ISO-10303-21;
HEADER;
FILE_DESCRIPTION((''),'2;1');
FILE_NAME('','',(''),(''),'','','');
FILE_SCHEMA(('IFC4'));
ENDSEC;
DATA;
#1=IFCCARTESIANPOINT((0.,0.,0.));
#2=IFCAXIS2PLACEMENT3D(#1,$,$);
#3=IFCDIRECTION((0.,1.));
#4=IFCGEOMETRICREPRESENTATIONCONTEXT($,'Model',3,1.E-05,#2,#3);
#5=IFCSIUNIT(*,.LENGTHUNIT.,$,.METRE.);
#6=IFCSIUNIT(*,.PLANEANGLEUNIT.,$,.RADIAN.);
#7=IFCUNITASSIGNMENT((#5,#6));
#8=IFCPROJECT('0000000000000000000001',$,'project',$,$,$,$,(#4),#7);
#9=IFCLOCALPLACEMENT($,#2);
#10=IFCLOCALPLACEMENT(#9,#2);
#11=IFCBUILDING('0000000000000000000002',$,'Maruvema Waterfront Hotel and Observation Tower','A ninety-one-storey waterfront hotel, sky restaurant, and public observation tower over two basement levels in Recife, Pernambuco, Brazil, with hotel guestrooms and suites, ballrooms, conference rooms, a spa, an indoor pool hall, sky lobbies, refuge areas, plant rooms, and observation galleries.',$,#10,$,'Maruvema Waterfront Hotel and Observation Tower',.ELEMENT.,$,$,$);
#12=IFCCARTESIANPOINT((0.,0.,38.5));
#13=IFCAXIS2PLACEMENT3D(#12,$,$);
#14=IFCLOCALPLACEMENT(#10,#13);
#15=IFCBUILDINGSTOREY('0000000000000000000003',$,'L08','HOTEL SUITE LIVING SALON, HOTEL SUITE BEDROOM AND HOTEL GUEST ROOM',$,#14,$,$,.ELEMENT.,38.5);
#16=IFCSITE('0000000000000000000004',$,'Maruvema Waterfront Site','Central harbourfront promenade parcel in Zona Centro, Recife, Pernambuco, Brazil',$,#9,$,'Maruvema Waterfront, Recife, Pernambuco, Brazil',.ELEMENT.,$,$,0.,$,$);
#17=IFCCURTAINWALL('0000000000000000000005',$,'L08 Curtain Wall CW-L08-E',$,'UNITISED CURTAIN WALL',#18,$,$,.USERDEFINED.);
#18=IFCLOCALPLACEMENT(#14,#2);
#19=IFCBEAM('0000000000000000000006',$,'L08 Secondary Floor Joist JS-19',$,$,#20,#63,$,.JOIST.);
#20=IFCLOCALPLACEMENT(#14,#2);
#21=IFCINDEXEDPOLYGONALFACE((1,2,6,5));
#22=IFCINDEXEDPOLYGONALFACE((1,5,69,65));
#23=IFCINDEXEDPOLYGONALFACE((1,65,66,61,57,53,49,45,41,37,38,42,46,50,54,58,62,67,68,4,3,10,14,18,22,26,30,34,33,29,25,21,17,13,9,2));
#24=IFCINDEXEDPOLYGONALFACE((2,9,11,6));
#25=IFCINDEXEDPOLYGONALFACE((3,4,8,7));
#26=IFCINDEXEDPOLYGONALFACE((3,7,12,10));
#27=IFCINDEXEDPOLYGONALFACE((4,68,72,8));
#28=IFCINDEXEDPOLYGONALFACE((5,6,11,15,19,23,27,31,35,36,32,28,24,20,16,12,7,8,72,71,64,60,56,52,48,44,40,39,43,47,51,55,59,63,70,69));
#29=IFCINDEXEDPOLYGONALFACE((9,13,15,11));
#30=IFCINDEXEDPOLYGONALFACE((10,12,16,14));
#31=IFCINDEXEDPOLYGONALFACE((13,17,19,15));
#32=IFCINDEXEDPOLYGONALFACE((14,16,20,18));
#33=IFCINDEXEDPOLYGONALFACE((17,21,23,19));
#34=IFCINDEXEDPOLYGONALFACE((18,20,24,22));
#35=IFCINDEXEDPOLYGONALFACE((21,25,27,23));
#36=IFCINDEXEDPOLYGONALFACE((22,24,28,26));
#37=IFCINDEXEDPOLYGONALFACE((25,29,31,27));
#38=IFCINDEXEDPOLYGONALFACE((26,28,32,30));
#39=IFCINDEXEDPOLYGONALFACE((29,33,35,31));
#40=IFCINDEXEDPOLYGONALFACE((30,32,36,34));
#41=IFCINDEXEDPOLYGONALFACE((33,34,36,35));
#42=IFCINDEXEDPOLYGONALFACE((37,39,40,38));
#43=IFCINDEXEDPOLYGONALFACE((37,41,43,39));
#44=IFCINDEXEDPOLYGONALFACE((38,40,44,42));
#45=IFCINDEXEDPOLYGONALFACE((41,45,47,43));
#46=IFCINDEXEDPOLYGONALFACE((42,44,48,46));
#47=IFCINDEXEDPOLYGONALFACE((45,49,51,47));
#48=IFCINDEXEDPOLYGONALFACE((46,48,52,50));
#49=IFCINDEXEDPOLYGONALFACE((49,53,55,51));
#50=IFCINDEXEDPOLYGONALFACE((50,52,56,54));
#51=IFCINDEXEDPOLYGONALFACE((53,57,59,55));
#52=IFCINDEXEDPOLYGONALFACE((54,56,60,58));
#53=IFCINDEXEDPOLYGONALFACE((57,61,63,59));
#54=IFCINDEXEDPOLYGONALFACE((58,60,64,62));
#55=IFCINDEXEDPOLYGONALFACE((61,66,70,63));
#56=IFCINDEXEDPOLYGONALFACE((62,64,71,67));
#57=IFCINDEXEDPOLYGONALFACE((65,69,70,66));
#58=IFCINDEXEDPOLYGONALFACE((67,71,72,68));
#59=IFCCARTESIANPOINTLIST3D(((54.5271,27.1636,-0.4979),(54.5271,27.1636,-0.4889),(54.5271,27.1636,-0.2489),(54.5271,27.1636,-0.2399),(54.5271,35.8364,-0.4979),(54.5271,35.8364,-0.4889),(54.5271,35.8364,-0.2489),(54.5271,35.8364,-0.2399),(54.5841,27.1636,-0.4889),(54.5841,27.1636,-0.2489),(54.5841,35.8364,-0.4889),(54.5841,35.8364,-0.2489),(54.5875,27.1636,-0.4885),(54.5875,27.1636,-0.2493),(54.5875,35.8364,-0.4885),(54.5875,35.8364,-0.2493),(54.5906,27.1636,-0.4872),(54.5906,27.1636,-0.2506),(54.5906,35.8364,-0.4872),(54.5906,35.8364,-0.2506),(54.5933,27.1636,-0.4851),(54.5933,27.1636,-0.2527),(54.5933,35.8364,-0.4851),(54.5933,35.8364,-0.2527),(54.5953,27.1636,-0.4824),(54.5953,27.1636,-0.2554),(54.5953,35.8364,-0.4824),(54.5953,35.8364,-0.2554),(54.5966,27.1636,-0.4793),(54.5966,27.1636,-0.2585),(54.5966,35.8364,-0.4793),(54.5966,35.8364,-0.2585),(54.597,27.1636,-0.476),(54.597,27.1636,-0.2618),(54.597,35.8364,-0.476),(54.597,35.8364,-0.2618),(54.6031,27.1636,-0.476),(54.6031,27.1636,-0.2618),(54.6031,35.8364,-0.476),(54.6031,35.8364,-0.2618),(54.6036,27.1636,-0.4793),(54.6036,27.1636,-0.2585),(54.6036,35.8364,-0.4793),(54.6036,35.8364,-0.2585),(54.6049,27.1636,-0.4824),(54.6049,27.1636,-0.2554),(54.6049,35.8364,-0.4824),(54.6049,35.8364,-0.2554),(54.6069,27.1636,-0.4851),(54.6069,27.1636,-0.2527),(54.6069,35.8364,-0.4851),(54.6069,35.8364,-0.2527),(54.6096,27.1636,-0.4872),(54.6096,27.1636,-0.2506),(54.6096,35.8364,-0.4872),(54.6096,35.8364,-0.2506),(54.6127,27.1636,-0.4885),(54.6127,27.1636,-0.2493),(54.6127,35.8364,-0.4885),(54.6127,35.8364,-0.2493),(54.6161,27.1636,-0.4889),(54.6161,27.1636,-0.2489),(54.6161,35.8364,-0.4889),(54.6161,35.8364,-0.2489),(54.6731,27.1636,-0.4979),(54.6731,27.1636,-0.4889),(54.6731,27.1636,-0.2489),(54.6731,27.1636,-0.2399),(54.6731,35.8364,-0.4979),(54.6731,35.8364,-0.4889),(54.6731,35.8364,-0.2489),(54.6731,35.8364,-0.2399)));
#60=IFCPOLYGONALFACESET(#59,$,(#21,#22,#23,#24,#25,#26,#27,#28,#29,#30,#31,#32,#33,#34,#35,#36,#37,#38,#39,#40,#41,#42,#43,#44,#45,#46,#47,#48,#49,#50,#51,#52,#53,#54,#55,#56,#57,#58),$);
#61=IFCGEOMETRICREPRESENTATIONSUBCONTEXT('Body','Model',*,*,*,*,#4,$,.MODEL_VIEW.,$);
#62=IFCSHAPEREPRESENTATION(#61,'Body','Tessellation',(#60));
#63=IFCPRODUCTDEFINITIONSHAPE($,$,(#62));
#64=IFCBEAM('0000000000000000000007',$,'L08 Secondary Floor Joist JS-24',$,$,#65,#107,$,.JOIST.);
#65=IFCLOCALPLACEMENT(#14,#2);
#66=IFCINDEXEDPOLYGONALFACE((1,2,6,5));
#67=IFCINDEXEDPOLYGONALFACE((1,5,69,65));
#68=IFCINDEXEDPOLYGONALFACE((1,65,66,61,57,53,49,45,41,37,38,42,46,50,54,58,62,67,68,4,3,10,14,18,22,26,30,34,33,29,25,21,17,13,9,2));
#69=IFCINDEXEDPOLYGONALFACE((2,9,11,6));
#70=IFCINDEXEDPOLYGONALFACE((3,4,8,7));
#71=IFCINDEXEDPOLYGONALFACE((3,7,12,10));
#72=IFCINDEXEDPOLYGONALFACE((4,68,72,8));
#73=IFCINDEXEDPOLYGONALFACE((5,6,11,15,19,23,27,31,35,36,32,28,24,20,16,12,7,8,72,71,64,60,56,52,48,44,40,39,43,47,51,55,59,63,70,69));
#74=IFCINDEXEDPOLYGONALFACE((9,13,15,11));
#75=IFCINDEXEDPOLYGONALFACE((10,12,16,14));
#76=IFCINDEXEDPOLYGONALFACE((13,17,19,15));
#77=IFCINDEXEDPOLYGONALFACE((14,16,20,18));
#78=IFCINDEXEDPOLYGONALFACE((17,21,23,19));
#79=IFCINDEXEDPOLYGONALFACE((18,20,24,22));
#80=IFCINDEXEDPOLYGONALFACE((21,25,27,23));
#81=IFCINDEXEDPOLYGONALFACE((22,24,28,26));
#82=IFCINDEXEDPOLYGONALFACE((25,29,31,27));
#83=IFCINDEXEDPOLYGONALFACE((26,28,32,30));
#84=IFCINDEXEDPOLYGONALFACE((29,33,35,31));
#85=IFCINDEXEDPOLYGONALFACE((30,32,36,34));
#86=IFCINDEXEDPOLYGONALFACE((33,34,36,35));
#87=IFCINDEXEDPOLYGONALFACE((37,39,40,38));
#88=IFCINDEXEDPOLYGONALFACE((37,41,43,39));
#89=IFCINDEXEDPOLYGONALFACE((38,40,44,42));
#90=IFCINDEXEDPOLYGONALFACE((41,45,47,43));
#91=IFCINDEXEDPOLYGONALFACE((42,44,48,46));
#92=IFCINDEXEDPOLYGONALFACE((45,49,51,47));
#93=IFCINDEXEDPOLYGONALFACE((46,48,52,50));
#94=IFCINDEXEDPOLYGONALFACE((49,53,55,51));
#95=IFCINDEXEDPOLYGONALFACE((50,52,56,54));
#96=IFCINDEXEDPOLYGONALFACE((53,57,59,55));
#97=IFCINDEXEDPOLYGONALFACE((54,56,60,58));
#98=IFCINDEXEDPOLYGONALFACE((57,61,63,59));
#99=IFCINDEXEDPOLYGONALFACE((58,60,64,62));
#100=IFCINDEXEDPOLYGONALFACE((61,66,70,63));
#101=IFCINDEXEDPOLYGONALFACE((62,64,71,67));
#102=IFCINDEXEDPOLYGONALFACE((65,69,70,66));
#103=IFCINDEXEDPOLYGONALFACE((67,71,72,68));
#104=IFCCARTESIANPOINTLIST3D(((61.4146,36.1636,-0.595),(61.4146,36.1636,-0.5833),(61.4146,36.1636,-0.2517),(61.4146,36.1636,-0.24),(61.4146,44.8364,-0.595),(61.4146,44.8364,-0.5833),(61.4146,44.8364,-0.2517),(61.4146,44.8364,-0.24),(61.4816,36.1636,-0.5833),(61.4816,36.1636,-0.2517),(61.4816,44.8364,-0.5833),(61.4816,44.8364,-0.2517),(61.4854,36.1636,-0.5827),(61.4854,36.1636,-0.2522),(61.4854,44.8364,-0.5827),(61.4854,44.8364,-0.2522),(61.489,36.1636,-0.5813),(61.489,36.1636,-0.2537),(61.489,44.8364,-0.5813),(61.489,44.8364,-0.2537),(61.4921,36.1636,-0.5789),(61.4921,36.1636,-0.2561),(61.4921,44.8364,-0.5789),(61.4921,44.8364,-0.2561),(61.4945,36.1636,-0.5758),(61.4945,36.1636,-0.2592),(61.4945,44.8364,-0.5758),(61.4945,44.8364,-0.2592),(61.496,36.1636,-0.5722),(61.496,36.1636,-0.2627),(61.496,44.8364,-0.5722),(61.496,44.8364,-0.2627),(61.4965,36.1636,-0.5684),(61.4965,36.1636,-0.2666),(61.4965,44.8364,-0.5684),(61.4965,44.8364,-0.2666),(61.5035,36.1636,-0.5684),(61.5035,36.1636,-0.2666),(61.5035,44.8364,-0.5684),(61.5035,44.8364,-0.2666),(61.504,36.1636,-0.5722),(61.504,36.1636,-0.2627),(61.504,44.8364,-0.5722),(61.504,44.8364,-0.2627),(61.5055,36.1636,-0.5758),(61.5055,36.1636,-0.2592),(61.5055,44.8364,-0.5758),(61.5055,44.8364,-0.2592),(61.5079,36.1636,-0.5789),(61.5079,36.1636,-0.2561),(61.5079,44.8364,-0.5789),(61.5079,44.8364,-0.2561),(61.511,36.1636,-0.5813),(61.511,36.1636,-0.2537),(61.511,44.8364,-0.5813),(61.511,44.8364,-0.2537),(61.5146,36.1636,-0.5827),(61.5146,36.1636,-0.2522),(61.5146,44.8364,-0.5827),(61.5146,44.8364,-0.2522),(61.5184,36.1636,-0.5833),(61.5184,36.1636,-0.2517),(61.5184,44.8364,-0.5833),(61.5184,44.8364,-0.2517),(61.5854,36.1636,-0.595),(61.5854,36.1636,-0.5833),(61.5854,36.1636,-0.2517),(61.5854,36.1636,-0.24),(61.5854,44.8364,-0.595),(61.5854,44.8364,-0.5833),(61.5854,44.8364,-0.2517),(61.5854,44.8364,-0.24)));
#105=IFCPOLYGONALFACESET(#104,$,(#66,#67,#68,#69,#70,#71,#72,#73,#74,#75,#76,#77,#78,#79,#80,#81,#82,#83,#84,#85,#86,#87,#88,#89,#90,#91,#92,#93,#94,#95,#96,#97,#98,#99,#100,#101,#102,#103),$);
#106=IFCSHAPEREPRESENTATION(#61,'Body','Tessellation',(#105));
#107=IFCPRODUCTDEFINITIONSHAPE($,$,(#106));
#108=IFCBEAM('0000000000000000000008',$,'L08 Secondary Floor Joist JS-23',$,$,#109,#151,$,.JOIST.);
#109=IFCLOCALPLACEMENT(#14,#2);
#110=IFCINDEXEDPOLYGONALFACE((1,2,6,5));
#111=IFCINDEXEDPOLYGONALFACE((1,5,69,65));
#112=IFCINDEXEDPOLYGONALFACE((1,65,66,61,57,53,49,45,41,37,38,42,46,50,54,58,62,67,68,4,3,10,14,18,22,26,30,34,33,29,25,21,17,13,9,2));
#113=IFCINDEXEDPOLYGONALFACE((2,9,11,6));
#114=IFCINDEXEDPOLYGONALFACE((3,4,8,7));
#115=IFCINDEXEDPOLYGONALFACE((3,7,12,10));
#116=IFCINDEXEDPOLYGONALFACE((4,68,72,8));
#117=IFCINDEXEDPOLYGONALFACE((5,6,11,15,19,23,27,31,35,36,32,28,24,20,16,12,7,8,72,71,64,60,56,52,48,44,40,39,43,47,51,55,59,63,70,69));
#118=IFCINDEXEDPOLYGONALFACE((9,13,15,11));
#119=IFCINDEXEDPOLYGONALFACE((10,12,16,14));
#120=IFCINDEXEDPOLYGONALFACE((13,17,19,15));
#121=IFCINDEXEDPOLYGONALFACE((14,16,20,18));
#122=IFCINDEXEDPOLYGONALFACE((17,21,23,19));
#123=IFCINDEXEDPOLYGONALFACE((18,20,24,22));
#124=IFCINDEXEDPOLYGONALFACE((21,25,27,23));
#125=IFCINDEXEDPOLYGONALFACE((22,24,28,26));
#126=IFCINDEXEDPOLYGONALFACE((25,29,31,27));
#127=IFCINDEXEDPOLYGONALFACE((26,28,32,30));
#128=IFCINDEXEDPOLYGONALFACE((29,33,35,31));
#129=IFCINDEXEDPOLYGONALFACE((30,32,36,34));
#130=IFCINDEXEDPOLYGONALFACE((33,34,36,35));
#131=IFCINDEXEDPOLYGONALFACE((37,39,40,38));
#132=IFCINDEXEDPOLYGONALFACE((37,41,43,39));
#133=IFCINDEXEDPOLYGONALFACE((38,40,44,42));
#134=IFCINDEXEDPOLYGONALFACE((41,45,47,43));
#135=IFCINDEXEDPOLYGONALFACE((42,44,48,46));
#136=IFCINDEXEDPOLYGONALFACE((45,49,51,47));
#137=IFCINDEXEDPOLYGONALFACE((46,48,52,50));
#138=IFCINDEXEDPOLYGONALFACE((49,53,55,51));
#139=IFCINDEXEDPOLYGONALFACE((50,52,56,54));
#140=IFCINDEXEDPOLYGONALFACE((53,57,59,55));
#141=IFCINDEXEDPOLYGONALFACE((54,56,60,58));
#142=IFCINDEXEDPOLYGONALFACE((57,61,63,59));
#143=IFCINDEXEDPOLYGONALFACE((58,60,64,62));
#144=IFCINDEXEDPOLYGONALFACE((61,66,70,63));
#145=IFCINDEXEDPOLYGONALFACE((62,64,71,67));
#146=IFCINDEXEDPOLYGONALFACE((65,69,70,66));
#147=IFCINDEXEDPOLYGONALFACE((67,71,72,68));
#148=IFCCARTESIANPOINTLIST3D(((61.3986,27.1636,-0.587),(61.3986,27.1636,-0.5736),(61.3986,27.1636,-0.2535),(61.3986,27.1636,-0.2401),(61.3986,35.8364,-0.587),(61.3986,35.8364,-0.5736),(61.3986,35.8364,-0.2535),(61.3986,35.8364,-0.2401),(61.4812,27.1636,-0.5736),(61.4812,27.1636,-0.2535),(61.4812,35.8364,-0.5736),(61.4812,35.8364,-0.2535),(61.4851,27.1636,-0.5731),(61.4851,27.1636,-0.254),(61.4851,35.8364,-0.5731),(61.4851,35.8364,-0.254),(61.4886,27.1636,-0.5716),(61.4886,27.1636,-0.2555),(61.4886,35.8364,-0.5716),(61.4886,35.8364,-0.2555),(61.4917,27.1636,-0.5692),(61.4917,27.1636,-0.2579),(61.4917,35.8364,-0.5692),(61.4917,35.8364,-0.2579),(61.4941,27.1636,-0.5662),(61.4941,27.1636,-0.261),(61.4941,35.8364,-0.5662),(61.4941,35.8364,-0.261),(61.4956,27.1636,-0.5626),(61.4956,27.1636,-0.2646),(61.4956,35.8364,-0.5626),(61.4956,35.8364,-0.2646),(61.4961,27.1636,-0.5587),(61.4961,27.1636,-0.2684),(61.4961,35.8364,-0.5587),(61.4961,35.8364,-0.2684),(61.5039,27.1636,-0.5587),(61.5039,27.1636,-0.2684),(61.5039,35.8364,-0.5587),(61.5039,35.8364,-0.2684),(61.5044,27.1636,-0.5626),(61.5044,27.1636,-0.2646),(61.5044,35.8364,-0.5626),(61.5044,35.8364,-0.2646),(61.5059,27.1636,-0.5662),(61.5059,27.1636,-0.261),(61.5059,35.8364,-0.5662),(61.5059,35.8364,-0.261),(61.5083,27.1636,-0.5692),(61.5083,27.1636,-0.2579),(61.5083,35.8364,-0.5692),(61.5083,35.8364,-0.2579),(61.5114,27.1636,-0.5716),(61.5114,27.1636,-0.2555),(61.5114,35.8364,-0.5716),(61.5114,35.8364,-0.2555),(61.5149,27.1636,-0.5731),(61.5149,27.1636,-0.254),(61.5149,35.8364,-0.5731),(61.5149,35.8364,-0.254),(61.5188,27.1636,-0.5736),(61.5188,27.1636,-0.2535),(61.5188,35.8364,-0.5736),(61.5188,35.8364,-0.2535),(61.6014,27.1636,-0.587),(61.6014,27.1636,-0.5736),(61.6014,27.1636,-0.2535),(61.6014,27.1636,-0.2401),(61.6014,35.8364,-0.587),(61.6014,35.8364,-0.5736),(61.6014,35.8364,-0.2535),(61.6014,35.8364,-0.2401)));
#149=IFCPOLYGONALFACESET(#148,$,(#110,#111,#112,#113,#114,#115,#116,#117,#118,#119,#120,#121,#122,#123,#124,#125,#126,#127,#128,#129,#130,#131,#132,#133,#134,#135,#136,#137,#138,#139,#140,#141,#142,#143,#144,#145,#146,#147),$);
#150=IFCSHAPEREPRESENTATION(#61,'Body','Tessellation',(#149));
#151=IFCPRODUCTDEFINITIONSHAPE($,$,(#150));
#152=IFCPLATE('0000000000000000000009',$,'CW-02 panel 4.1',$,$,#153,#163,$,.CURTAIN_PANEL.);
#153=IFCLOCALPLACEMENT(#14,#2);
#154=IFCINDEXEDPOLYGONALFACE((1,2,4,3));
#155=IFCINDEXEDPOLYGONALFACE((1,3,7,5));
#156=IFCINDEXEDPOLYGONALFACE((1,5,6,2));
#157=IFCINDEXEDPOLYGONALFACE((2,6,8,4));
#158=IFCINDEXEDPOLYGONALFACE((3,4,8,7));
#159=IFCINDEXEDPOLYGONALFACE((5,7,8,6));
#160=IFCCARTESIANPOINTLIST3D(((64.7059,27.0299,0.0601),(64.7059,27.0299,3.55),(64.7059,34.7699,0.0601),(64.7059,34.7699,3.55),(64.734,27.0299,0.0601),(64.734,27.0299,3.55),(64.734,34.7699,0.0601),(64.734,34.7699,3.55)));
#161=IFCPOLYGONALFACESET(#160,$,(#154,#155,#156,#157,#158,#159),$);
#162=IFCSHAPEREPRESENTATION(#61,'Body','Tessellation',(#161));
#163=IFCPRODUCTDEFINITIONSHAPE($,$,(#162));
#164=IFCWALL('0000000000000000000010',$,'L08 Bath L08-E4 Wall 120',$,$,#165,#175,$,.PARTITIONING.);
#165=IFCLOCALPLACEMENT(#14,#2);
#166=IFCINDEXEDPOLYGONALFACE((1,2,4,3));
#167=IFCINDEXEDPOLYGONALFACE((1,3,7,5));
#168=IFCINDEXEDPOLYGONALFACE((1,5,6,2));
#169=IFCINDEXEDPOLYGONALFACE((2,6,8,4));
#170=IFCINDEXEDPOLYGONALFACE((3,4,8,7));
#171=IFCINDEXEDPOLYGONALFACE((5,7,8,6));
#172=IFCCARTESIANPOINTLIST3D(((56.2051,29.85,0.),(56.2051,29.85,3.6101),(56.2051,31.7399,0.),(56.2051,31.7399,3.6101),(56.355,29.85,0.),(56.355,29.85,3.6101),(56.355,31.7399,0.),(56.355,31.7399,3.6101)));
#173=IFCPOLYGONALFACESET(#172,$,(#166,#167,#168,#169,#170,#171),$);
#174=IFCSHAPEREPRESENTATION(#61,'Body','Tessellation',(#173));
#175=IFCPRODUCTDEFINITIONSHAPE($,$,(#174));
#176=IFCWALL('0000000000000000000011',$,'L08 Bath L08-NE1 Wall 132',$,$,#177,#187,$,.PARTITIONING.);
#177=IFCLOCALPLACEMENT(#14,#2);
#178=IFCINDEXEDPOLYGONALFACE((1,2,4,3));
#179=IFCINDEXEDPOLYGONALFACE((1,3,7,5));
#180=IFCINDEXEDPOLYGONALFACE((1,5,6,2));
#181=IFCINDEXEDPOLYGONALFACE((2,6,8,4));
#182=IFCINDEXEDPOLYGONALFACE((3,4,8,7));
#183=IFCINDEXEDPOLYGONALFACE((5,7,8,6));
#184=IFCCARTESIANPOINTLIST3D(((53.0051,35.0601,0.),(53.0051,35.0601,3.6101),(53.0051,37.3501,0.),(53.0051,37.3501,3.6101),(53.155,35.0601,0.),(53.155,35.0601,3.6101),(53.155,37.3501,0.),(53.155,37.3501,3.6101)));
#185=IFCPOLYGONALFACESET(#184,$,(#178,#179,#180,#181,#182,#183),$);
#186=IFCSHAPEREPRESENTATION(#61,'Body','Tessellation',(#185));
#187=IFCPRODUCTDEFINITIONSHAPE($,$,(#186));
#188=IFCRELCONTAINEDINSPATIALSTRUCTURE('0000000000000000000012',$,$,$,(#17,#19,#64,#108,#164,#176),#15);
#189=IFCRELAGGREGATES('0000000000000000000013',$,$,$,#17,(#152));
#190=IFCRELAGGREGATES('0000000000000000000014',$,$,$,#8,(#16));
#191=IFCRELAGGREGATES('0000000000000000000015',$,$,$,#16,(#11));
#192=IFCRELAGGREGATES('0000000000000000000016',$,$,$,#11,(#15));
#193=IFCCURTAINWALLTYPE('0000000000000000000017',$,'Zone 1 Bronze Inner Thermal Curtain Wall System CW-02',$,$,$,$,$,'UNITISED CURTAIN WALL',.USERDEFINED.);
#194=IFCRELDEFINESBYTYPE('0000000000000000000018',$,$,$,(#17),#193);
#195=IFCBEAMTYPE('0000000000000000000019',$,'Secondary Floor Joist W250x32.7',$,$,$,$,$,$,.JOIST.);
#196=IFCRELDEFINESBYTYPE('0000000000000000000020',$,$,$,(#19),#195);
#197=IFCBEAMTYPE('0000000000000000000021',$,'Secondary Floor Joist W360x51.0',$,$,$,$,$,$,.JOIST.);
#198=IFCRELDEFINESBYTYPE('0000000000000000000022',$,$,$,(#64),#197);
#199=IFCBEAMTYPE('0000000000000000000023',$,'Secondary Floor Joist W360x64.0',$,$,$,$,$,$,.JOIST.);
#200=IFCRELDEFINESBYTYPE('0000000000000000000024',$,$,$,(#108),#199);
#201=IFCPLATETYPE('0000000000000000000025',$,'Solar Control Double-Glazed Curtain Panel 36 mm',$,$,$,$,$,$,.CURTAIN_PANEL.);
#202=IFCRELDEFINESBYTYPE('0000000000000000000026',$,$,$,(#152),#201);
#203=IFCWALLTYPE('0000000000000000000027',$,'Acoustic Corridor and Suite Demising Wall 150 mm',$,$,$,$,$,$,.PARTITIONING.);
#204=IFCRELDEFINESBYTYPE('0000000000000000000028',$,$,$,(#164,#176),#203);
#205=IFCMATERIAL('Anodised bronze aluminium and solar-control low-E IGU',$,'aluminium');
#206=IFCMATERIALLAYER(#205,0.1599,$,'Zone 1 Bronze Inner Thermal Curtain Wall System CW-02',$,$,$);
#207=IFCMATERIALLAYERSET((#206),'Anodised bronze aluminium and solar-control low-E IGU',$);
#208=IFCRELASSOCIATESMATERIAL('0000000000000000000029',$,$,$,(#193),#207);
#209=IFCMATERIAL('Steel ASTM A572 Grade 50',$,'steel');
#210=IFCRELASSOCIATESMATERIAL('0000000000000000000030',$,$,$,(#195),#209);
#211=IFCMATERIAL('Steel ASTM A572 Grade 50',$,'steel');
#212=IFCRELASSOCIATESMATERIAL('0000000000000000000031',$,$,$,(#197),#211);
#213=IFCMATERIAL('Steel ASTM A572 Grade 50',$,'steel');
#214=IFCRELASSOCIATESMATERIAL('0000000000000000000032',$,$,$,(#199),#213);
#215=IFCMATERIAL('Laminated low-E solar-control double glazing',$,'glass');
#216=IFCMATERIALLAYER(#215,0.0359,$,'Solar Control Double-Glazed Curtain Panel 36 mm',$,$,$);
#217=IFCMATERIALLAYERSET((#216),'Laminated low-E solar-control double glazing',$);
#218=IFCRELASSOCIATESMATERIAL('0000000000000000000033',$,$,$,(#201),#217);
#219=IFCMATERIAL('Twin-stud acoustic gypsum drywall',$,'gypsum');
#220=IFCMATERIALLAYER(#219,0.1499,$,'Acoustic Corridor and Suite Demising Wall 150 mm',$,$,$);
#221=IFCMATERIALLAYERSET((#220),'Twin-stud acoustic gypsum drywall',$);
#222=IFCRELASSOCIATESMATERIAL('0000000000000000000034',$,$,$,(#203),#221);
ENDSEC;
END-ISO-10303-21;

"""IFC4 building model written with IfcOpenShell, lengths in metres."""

from ifc_helpers import new_model, si_unit, direction, frame, frame_2d, origin, origin_2d, place, context, subcontext, project, spatial, rectangle, i_section, extrude, material, layer, layer_set, material_profile, profile_set, type_object, element, aggregate, save


model = new_model("IFC4")

# Units and contexts
model_context = context("Model", 3, precision=1e-05, world=origin(), true_north=direction((0.0, 1.0)))
body_context = subcontext(model_context, "Body", "Model", "MODEL_VIEW")
ifc_project = project(units=[si_unit("LENGTHUNIT", "METRE"), si_unit("PLANEANGLEUNIT", "RADIAN")], contexts=[model_context])

# Site, building, storey
site_placement = place(None, origin())
site = spatial("IfcSite", under=ifc_project, at=site_placement, Name="Maruvema Waterfront Site", Description="Central harbourfront promenade parcel in Zona Centro, Recife, Pernambuco, Brazil", LongName="Maruvema Waterfront, Recife, Pernambuco, Brazil", CompositionType="ELEMENT", RefElevation=0.0)
building_placement = place(site_placement, origin())
building = spatial("IfcBuilding", under=site, at=building_placement, Name="Maruvema Waterfront Hotel and Observation Tower", Description="A ninety-one-storey waterfront hotel, sky restaurant, and public observation tower over two basement levels in Recife, Pernambuco, Brazil, with hotel guestrooms and suites, ballrooms, conference rooms, a spa, an indoor pool hall, sky lobbies, refuge areas, plant rooms, and observation galleries.", LongName="Maruvema Waterfront Hotel and Observation Tower", CompositionType="ELEMENT")
storey_placement = place(building_placement, frame((0.0, 0.0, 38.5)))
storey = spatial("IfcBuildingStorey", under=building, at=storey_placement, Name="L08", Description="HOTEL SUITE LIVING SALON, HOTEL SUITE BEDROOM AND HOTEL GUEST ROOM", CompositionType="ELEMENT", Elevation=38.5)

# Curtain wall
ifc_material_1 = material(Name="Anodised bronze aluminium and solar-control low-E IGU", Category="aluminium")
ifc_layer_1 = layer(ifc_material_1, 0.1599, Name="Zone 1 Bronze Inner Thermal Curtain Wall System CW-02")
ifc_layer_set_1 = layer_set([ifc_layer_1], Name="Anodised bronze aluminium and solar-control low-E IGU")
curtain_wall_type = type_object("IfcCurtainWallType", Name="Zone 1 Bronze Inner Thermal Curtain Wall System CW-02", ElementType="UNITISED CURTAIN WALL", PredefinedType="USERDEFINED", material=ifc_layer_set_1)
curtain_wall_placement = place(storey_placement, origin())
curtain_wall = element("IfcCurtainWall", 1, at=curtain_wall_placement, inside=storey, type_object=curtain_wall_type, Name="L08 Curtain Wall CW-L08-E", ObjectType="UNITISED CURTAIN WALL", PredefinedType="USERDEFINED")

# Beams
ifc_material_2 = material(Name="Steel ASTM A572 Grade 50", Category="steel")
ifc_material_profile_1 = material_profile(ifc_material_2, i_section(OverallWidth=0.146, OverallDepth=0.2581, WebThickness=0.0061, FlangeThickness=0.009, FilletRadius=0.0129, at=origin_2d()), Name="W250x32.7")
ifc_profile_set_1 = profile_set([ifc_material_profile_1], Name="Steel ASTM A572 Grade 50")
beam_type_1 = type_object("IfcBeamType", Name="Secondary Floor Joist W250x32.7", PredefinedType="JOIST", material=ifc_profile_set_1)
beam_1_placement = place(storey_placement, frame((54.6001, 27.1636, -0.3689), z_axis=(0.0, 1.0, 0.0), x_axis=(-1.0, 0.0, 0.0)))
element("IfcBeam", 2, at=beam_1_placement, inside=storey, type_object=beam_type_1, Name="L08 Secondary Floor Joist JS-19", PredefinedType="JOIST", context=body_context, shape_type="SweptSolid", body=[
    extrude(i_section(OverallWidth=0.146, OverallDepth=0.2581, WebThickness=0.0061, FlangeThickness=0.009, FilletRadius=0.0129, at=origin_2d()), origin(), (0.0, 0.0, 1.0), 8.6729),
])
ifc_material_3 = material(Name="Steel ASTM A572 Grade 50", Category="steel")
ifc_material_profile_2 = material_profile(ifc_material_3, i_section(OverallWidth=0.1709, OverallDepth=0.355, WebThickness=0.0071, FlangeThickness=0.0117, FilletRadius=0.0149, at=origin_2d()), Name="W360x51.0")
ifc_profile_set_2 = profile_set([ifc_material_profile_2], Name="Steel ASTM A572 Grade 50")
beam_type_2 = type_object("IfcBeamType", Name="Secondary Floor Joist W360x51.0", PredefinedType="JOIST", material=ifc_profile_set_2)
beam_2_placement = place(storey_placement, frame((61.5, 36.1636, -0.4175), z_axis=(0.0, 1.0, 0.0), x_axis=(-1.0, 0.0, 0.0)))
element("IfcBeam", 3, at=beam_2_placement, inside=storey, type_object=beam_type_2, Name="L08 Secondary Floor Joist JS-24", PredefinedType="JOIST", context=body_context, shape_type="SweptSolid", body=[
    extrude(i_section(OverallWidth=0.1709, OverallDepth=0.355, WebThickness=0.0071, FlangeThickness=0.0117, FilletRadius=0.0149, at=origin_2d()), origin(), (0.0, 0.0, 1.0), 8.6729),
])
ifc_material_4 = material(Name="Steel ASTM A572 Grade 50", Category="steel")
ifc_material_profile_3 = material_profile(ifc_material_4, i_section(OverallWidth=0.2029, OverallDepth=0.3469, WebThickness=0.0078, FlangeThickness=0.0134, FilletRadius=0.0149, at=origin_2d()), Name="W360x64.0")
ifc_profile_set_3 = profile_set([ifc_material_profile_3], Name="Steel ASTM A572 Grade 50")
beam_type_3 = type_object("IfcBeamType", Name="Secondary Floor Joist W360x64.0", PredefinedType="JOIST", material=ifc_profile_set_3)
beam_3_placement = place(storey_placement, frame((61.5, 27.1636, -0.4136), z_axis=(0.0, 1.0, 0.0), x_axis=(-1.0, 0.0, 0.0)))
element("IfcBeam", 4, at=beam_3_placement, inside=storey, type_object=beam_type_3, Name="L08 Secondary Floor Joist JS-23", PredefinedType="JOIST", context=body_context, shape_type="SweptSolid", body=[
    extrude(i_section(OverallWidth=0.2029, OverallDepth=0.3469, WebThickness=0.0078, FlangeThickness=0.0134, FilletRadius=0.0149, at=origin_2d()), origin(), (0.0, 0.0, 1.0), 8.6729),
])

# Plate
ifc_material_5 = material(Name="Laminated low-E solar-control double glazing", Category="glass")
ifc_layer_2 = layer(ifc_material_5, 0.0359, Name="Solar Control Double-Glazed Curtain Panel 36 mm")
ifc_layer_set_2 = layer_set([ifc_layer_2], Name="Laminated low-E solar-control double glazing")
plate_type = type_object("IfcPlateType", Name="Solar Control Double-Glazed Curtain Panel 36 mm", PredefinedType="CURTAIN_PANEL", material=ifc_layer_set_2)
plate_placement = place(storey_placement, frame((64.72, 30.8999, 0.0601), z_axis=(0.0, 0.0, 1.0), x_axis=(0.0, 1.0, 0.0)))
plate = element("IfcPlate", 5, at=plate_placement, type_object=plate_type, Name="CW-02 panel 4.1", PredefinedType="CURTAIN_PANEL", context=body_context, shape_type="SweptSolid", body=[
    extrude(rectangle(XDim=7.74, YDim=0.0281, at=origin_2d()), origin(), (0.0, 0.0, 1.0), 3.49),
])
aggregate(curtain_wall, [plate])

# Shared definitions
ifc_material_6 = material(Name="Twin-stud acoustic gypsum drywall", Category="gypsum")
ifc_layer_3 = layer(ifc_material_6, 0.1499, Name="Acoustic Corridor and Suite Demising Wall 150 mm")
ifc_layer_set_3 = layer_set([ifc_layer_3], Name="Twin-stud acoustic gypsum drywall")
wall_type_1 = type_object("IfcWallType", Name="Acoustic Corridor and Suite Demising Wall 150 mm", PredefinedType="PARTITIONING", material=ifc_layer_set_3)

# Walls
wall_1_placement = place(storey_placement, frame((56.28, 29.8501, 0.0), z_axis=(0.0, 0.0, 1.0), x_axis=(0.0, 1.0, 0.0)))
element("IfcWall", 6, at=wall_1_placement, inside=storey, type_object=wall_type_1, Name="L08 Bath L08-E4 Wall 120", PredefinedType="PARTITIONING", context=body_context, shape_type="SweptSolid", body=[
    extrude(rectangle(XDim=1.8899, YDim=0.1499, at=frame_2d((0.9448, 0.0))), origin(), (0.0, 0.0, 1.0), 3.6101),
])
wall_2_placement = place(storey_placement, frame((53.0801, 35.0601, 0.0), z_axis=(0.0, 0.0, 1.0), x_axis=(0.0, 1.0, 0.0)))
element("IfcWall", 7, at=wall_2_placement, inside=storey, type_object=wall_type_1, Name="L08 Bath L08-NE1 Wall 132", PredefinedType="PARTITIONING", context=body_context, shape_type="SweptSolid", body=[
    extrude(rectangle(XDim=2.29, YDim=0.1499, at=frame_2d((1.145, 0.0))), origin(), (0.0, 0.0, 1.0), 3.6101),
])

save(model, "model.ifc")
